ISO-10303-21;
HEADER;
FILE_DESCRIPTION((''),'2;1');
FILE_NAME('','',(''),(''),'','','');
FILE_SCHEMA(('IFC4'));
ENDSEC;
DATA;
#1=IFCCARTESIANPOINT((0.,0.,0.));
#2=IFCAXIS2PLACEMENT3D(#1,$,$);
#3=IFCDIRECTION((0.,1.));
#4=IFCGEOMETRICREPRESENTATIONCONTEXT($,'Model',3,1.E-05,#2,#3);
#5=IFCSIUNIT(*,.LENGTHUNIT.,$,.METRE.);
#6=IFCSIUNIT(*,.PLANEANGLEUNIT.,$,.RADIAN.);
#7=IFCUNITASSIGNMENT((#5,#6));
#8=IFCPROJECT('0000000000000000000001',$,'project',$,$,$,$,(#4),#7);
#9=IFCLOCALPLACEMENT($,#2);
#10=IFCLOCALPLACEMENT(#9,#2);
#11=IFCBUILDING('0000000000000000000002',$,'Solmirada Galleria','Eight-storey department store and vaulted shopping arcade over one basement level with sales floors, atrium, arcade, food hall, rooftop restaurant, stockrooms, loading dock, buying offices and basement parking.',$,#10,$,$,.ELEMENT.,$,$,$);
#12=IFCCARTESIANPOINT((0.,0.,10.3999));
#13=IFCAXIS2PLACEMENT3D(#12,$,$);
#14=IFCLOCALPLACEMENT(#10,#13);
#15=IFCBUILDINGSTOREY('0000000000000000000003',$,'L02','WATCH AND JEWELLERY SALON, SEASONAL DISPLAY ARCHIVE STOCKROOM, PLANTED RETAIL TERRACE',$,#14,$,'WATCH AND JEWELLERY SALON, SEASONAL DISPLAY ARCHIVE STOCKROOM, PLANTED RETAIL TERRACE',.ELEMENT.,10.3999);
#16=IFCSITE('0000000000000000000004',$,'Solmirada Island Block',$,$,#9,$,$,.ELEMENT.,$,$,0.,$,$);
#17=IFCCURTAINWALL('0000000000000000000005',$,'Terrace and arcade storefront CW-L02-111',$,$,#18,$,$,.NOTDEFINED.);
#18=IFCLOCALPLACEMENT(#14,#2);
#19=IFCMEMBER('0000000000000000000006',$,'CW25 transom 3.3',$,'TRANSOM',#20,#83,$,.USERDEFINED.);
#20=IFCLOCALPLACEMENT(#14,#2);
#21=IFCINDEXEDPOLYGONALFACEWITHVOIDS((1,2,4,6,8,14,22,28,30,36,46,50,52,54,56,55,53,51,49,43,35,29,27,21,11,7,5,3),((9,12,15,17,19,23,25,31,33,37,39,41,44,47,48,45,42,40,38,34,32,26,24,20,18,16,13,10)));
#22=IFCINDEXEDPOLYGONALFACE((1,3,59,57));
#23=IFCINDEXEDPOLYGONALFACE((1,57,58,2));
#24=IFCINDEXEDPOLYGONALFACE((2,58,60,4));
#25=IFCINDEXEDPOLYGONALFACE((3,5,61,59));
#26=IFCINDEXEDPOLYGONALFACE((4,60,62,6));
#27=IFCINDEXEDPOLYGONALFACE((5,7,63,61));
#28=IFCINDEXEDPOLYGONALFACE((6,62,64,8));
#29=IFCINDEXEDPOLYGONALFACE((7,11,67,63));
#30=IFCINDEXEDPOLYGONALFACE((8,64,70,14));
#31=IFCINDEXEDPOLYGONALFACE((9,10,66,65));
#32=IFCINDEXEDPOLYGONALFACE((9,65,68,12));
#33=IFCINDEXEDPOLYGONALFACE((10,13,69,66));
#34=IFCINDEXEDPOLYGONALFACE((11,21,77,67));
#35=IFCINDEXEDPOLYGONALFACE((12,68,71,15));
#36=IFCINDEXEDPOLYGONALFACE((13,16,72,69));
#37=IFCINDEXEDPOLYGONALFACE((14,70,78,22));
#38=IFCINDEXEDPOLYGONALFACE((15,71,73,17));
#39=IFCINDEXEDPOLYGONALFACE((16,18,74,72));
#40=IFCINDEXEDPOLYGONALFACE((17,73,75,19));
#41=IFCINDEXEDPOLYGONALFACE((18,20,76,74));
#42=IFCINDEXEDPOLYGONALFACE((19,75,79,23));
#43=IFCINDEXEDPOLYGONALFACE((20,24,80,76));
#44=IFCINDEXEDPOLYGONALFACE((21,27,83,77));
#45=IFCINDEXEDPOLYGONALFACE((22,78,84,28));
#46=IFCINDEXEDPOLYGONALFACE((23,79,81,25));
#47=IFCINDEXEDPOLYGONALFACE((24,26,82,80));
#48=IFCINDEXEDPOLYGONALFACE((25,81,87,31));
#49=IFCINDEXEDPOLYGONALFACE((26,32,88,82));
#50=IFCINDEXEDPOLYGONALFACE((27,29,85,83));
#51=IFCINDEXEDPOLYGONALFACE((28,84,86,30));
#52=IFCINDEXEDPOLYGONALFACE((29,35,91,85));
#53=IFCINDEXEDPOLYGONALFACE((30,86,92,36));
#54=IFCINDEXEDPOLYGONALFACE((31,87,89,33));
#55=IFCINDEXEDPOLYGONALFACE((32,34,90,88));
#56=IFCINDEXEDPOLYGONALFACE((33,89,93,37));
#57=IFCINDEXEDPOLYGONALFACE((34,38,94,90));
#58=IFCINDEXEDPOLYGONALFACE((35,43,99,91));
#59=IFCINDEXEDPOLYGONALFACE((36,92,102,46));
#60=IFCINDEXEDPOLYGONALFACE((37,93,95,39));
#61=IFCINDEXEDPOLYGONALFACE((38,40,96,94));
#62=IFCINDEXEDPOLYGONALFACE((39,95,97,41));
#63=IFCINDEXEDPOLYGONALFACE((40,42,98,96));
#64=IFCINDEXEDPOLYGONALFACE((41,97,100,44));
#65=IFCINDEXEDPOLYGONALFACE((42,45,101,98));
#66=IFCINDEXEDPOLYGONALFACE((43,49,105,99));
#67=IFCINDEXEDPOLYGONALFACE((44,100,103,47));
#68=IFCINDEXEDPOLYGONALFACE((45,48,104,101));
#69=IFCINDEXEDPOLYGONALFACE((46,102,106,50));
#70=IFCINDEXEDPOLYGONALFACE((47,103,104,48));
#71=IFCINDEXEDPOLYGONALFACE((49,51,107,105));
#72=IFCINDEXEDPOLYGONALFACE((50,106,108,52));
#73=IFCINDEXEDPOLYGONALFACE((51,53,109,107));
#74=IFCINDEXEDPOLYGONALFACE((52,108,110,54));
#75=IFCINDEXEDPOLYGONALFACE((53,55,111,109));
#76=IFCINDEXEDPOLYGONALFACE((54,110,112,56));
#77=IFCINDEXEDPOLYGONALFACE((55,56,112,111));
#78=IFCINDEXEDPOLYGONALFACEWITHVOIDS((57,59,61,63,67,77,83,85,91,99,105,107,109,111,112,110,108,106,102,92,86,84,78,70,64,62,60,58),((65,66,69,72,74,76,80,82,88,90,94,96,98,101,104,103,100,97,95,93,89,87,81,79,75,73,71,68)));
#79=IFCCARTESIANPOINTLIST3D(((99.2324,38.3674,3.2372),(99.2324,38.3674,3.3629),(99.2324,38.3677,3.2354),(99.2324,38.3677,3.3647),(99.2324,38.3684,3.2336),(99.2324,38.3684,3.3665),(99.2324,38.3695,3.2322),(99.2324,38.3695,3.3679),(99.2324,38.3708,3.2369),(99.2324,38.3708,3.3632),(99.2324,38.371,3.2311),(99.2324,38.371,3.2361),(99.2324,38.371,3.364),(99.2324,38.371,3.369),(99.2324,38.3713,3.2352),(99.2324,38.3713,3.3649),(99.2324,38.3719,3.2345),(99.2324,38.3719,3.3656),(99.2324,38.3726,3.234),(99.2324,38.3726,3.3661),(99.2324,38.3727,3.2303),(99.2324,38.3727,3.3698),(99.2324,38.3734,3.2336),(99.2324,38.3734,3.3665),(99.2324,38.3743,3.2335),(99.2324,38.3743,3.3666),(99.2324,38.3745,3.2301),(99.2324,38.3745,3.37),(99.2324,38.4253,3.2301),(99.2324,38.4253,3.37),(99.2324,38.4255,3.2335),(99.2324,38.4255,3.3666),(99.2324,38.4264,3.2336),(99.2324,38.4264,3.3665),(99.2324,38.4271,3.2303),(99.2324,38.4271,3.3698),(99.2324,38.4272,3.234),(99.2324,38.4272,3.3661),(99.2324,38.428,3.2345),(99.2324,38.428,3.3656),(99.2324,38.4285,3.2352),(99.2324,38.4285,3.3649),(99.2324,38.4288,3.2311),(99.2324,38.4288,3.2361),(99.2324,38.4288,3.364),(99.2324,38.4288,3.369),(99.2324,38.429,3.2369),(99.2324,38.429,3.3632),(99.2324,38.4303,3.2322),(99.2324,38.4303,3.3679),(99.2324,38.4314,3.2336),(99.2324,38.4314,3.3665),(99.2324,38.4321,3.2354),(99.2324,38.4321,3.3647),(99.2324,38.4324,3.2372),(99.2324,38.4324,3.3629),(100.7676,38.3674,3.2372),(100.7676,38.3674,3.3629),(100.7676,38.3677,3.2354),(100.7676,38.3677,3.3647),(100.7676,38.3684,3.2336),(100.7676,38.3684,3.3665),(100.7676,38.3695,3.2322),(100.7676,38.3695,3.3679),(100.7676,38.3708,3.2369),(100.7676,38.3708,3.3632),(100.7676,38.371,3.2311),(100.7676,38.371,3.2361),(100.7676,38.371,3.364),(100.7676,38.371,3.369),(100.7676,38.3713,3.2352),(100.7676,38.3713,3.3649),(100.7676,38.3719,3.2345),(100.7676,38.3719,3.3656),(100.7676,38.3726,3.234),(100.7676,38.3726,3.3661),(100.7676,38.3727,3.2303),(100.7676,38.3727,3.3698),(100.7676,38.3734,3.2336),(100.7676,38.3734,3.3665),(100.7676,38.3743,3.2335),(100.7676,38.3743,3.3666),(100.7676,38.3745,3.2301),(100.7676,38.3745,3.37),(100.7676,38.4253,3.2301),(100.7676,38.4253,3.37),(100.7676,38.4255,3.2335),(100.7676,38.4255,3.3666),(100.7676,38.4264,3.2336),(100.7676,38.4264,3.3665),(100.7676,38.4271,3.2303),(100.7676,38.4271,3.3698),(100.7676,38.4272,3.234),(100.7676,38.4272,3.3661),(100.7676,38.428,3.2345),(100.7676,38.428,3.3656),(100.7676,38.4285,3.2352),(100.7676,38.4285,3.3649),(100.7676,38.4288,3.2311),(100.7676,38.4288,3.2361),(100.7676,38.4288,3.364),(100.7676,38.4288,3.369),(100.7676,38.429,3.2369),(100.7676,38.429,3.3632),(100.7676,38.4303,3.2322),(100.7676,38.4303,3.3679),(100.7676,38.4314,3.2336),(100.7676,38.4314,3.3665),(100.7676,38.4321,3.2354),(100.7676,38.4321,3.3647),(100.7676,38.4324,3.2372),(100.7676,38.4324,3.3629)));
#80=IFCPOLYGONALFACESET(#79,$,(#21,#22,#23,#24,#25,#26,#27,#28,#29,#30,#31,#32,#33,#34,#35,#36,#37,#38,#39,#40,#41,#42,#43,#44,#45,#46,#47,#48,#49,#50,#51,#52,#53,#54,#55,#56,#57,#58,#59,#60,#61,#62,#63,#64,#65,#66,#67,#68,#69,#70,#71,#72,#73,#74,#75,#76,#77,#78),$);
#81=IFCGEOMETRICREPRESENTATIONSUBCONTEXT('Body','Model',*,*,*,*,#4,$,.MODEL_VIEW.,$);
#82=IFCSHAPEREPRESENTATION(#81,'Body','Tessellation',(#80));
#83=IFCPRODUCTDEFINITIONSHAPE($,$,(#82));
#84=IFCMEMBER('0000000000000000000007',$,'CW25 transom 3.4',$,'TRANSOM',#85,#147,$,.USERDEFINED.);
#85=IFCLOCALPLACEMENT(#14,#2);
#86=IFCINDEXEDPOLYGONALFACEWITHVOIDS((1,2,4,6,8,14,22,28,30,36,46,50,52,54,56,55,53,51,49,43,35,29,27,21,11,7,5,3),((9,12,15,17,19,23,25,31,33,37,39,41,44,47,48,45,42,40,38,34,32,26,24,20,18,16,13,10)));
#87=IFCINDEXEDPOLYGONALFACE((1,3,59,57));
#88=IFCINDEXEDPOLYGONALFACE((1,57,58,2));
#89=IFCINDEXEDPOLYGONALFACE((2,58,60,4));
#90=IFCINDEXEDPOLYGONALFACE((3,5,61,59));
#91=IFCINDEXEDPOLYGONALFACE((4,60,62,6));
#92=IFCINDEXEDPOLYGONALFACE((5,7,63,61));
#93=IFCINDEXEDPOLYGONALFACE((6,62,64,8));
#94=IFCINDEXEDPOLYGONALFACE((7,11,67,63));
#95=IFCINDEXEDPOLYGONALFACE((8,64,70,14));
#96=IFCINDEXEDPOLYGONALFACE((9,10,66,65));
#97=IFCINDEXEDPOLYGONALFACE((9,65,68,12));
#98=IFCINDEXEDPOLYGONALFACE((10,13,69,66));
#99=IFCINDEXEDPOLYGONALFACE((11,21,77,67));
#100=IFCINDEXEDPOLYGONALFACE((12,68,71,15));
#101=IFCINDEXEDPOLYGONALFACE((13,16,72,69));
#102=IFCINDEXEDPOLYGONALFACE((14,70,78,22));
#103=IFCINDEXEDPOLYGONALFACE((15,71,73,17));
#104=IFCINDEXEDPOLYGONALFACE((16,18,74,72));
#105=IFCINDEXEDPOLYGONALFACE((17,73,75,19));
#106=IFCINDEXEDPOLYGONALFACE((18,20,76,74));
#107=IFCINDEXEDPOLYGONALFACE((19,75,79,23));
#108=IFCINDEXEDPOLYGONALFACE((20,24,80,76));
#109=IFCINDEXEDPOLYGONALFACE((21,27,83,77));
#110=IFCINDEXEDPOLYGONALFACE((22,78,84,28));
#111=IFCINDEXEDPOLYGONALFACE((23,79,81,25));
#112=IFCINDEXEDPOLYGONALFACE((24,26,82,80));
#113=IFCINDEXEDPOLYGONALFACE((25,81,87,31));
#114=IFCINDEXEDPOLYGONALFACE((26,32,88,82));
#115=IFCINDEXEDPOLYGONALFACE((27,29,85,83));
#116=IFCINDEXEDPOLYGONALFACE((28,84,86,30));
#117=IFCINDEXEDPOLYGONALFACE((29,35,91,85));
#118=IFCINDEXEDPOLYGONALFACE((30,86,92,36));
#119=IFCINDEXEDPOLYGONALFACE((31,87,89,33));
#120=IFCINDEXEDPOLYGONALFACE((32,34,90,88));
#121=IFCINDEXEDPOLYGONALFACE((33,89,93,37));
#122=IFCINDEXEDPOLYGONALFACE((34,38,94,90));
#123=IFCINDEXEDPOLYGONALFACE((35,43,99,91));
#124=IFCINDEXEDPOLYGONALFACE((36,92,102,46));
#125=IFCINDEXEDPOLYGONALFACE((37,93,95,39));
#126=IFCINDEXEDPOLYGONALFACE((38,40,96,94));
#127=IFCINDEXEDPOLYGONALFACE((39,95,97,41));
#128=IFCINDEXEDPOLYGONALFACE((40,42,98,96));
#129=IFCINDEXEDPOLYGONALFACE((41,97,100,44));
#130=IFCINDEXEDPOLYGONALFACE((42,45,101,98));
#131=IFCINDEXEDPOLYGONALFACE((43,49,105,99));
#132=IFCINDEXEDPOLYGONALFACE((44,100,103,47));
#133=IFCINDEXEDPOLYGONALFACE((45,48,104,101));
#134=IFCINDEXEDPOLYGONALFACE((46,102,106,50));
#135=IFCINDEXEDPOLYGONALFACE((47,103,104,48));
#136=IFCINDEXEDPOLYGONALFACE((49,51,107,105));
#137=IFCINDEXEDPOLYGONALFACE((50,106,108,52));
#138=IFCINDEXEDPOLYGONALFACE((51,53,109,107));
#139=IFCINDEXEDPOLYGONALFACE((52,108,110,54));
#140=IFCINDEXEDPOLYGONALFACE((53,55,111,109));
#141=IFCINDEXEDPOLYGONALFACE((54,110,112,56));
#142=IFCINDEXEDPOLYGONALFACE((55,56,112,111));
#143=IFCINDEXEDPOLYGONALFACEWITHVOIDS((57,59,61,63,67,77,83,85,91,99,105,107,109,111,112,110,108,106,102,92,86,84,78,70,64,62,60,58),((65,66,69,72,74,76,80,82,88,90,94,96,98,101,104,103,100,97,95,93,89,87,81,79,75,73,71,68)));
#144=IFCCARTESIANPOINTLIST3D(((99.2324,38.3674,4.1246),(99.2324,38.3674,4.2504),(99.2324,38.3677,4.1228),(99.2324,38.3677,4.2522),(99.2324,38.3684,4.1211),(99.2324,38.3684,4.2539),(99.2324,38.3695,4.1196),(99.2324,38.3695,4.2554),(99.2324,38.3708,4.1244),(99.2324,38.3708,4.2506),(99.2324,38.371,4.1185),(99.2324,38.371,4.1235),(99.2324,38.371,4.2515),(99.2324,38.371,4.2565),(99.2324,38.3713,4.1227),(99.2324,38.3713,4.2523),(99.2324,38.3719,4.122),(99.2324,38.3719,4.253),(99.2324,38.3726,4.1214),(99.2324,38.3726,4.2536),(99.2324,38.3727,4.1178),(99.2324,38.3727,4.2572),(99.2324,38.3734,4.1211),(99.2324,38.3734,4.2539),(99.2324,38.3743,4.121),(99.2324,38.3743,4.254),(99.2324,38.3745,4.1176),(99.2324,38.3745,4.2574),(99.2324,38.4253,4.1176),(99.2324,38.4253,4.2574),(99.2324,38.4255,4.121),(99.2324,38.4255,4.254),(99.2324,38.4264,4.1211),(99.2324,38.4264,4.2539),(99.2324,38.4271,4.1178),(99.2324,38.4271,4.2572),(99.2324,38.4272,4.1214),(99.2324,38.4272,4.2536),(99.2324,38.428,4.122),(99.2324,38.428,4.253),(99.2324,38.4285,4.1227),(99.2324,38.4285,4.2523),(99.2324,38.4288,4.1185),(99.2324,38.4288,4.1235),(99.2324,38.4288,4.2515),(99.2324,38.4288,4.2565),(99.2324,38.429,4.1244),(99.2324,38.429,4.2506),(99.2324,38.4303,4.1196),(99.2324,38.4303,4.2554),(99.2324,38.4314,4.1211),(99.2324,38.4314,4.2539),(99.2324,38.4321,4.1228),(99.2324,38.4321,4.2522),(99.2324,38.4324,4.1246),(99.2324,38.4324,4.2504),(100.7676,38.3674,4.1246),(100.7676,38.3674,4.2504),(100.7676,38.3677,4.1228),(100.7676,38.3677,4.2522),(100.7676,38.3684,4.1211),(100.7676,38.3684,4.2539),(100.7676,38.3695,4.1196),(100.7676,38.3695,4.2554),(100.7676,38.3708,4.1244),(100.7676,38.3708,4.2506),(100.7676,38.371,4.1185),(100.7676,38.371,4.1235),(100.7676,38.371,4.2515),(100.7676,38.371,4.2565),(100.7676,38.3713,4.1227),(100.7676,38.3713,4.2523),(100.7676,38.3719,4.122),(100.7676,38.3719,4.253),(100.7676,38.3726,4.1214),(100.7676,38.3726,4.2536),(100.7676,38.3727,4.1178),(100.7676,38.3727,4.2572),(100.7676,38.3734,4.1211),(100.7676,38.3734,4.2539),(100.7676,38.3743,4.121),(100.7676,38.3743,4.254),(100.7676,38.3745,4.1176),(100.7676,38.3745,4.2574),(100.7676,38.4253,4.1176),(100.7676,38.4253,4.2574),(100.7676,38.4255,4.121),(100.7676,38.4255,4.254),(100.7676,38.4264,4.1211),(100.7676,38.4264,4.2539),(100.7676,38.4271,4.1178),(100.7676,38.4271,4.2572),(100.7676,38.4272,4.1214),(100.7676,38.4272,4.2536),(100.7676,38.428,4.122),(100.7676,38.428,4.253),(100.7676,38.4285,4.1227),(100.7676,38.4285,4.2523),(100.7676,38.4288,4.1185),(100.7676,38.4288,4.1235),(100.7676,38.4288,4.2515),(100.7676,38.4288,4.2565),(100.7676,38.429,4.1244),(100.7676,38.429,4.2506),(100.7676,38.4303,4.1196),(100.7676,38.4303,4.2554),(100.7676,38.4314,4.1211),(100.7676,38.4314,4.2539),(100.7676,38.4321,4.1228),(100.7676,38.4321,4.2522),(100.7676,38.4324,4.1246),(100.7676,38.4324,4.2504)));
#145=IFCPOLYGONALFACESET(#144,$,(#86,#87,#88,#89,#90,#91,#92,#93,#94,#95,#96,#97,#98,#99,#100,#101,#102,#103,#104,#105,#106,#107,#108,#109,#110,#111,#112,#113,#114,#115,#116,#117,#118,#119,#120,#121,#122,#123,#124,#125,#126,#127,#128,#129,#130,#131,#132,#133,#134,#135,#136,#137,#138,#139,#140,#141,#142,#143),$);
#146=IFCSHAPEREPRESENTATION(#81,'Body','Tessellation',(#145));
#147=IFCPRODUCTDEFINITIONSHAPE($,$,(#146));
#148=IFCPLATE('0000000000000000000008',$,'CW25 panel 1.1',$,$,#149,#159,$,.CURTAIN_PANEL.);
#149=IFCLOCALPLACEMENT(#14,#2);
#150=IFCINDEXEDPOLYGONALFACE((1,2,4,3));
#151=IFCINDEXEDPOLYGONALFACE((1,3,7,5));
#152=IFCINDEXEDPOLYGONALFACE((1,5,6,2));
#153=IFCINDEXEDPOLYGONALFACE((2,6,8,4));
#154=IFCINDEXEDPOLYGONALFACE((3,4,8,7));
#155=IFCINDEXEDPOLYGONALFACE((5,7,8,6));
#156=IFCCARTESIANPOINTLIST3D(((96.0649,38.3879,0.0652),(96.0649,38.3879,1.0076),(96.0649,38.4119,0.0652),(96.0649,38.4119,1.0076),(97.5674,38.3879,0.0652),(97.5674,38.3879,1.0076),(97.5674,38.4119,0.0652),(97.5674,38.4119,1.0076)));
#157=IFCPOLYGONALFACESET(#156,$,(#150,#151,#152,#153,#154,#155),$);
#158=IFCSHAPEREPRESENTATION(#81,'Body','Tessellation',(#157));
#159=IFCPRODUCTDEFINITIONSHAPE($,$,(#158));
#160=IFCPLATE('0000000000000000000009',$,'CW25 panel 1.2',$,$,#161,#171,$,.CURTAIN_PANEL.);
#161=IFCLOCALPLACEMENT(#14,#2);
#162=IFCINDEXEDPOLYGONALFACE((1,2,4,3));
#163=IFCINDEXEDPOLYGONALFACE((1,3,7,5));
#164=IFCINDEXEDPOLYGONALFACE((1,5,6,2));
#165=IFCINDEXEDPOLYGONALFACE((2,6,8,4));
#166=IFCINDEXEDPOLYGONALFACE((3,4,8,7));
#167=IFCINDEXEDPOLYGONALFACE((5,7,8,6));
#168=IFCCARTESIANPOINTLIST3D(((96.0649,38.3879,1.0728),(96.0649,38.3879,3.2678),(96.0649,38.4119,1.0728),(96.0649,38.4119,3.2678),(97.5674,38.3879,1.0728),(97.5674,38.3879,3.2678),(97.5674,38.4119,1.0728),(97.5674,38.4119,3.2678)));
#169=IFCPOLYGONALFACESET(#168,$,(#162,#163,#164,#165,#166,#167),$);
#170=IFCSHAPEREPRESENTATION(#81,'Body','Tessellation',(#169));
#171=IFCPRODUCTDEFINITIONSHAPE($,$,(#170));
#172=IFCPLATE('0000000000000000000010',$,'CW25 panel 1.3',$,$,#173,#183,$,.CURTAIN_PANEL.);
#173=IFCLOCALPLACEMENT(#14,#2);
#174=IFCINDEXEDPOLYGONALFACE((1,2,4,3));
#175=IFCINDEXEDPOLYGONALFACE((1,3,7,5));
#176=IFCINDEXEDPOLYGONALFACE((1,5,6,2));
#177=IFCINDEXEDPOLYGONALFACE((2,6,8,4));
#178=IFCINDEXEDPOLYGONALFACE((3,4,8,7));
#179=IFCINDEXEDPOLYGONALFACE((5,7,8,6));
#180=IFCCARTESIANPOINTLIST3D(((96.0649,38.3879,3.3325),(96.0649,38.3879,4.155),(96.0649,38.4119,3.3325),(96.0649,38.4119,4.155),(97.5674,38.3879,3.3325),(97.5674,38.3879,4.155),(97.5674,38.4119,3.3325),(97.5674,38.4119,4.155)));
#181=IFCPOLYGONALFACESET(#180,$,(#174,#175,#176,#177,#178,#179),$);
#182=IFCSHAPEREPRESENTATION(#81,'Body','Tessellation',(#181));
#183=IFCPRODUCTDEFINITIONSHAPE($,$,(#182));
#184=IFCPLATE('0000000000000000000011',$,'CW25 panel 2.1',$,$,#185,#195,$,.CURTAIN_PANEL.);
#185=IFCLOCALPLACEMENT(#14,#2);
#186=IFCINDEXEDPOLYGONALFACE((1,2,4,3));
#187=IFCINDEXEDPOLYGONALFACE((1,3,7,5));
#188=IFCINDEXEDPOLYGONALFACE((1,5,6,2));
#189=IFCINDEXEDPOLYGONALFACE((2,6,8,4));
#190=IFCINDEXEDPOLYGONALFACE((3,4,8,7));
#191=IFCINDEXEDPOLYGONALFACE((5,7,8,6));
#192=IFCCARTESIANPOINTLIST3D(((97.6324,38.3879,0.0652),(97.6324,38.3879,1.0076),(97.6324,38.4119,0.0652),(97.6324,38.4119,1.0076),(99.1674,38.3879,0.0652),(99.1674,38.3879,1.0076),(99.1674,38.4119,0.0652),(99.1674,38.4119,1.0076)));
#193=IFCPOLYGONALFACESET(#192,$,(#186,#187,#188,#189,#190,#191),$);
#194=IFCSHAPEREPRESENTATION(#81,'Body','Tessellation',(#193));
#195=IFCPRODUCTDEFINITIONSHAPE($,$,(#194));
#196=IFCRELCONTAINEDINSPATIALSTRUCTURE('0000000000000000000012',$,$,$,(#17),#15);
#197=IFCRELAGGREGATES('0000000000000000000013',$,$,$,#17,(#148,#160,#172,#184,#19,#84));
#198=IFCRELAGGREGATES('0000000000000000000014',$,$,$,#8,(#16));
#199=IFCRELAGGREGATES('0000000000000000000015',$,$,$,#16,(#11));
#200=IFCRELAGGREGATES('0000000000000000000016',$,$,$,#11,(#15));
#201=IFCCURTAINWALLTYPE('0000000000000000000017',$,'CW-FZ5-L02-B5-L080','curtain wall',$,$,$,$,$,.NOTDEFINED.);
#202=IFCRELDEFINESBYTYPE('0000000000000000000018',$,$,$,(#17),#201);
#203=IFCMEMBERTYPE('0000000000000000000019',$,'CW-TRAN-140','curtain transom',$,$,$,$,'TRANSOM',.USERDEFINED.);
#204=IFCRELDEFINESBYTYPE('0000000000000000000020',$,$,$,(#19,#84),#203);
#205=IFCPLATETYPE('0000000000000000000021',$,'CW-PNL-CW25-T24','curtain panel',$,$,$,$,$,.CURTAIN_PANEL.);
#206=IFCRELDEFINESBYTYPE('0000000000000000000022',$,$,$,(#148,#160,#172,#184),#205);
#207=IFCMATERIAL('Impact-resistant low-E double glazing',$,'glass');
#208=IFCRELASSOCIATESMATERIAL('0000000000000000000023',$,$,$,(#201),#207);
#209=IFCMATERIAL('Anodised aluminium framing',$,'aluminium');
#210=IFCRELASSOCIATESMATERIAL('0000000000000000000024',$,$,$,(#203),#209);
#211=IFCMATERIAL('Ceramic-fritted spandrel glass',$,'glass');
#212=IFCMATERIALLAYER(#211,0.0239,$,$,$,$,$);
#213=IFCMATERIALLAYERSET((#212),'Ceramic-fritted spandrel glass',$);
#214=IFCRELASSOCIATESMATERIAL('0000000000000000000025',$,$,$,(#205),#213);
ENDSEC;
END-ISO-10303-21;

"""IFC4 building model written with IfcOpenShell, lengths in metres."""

from ifc_helpers import new_model, si_unit, direction, frame, origin, origin_2d, place, context, subcontext, project, spatial, rectangle, hollow_rectangle, extrude, material, layer, layer_set, material_profile, profile_set, type_object, element, aggregate, save


model = new_model("IFC4")

# Units and contexts
model_context = context("Model", 3, precision=1e-05, world=origin(), true_north=direction((0.0, 1.0)))
body_context = subcontext(model_context, "Body", "Model", "MODEL_VIEW")
ifc_project = project(units=[si_unit("LENGTHUNIT", "METRE"), si_unit("PLANEANGLEUNIT", "RADIAN")], contexts=[model_context])

# Site, building, storey
site_placement = place(None, origin())
site = spatial("IfcSite", under=ifc_project, at=site_placement, Name="Solmirada Island Block", CompositionType="ELEMENT", RefElevation=0.0)
building_placement = place(site_placement, origin())
building = spatial("IfcBuilding", under=site, at=building_placement, Name="Solmirada Galleria", Description="Eight-storey department store and vaulted shopping arcade over one basement level with sales floors, atrium, arcade, food hall, rooftop restaurant, stockrooms, loading dock, buying offices and basement parking.", CompositionType="ELEMENT")
storey_placement = place(building_placement, frame((0.0, 0.0, 10.3999)))
storey = spatial("IfcBuildingStorey", under=building, at=storey_placement, Name="L02", Description="WATCH AND JEWELLERY SALON, SEASONAL DISPLAY ARCHIVE STOCKROOM, PLANTED RETAIL TERRACE", LongName="WATCH AND JEWELLERY SALON, SEASONAL DISPLAY ARCHIVE STOCKROOM, PLANTED RETAIL TERRACE", CompositionType="ELEMENT", Elevation=10.3999)

# Curtain wall, members, plates
ifc_material_1 = material(Name="Impact-resistant low-E double glazing", Category="glass")
curtain_wall_type = type_object("IfcCurtainWallType", Name="CW-FZ5-L02-B5-L080", Description="curtain wall", PredefinedType="NOTDEFINED", material=ifc_material_1)
curtain_wall_placement = place(storey_placement, origin())
curtain_wall = element("IfcCurtainWall", 1, at=curtain_wall_placement, inside=storey, type_object=curtain_wall_type, Name="Terrace and arcade storefront CW-L02-111", PredefinedType="NOTDEFINED")
ifc_material_2 = material(Name="Anodised aluminium framing", Category="aluminium")
ifc_material_profile_1 = material_profile(ifc_material_2, hollow_rectangle(XDim=0.0649, YDim=0.1399, WallThickness=0.0034, InnerFilletRadius=0.0034, OuterFilletRadius=0.0071, at=origin_2d()), Name="ALU-TRAN-140X65")
ifc_profile_set_1 = profile_set([ifc_material_profile_1], Name="Anodised aluminium framing")
member_type_1 = type_object("IfcMemberType", Name="CW-TRAN-140", Description="curtain transom", ElementType="TRANSOM", PredefinedType="USERDEFINED", material=ifc_profile_set_1)
member_1_placement = place(storey_placement, frame((99.2324, 38.3999, 3.3), z_axis=(1.0, 0.0, 0.0), x_axis=(0.0, 1.0, 0.0)))
member_1 = element("IfcMember", 2, at=member_1_placement, type_object=member_type_1, Name="CW25 transom 3.3", ObjectType="TRANSOM", PredefinedType="USERDEFINED", context=body_context, shape_type="SweptSolid", body=[
    extrude(hollow_rectangle(XDim=0.0649, YDim=0.1399, WallThickness=0.0034, InnerFilletRadius=0.0034, OuterFilletRadius=0.0071, at=origin_2d()), origin(), (0.0, 0.0, 1.0), 1.5352),
])
member_2_placement = place(storey_placement, frame((99.2324, 38.3999, 4.1875), z_axis=(1.0, 0.0, 0.0), x_axis=(0.0, 1.0, 0.0)))
member_2 = element("IfcMember", 3, at=member_2_placement, type_object=member_type_1, Name="CW25 transom 3.4", ObjectType="TRANSOM", PredefinedType="USERDEFINED", context=body_context, shape_type="SweptSolid", body=[
    extrude(hollow_rectangle(XDim=0.0649, YDim=0.1399, WallThickness=0.0034, InnerFilletRadius=0.0034, OuterFilletRadius=0.0071, at=origin_2d()), origin(), (0.0, 0.0, 1.0), 1.5352),
])
ifc_material_3 = material(Name="Ceramic-fritted spandrel glass", Category="glass")
ifc_layer_1 = layer(ifc_material_3, 0.0239)
ifc_layer_set_1 = layer_set([ifc_layer_1], Name="Ceramic-fritted spandrel glass")
plate_type = type_object("IfcPlateType", Name="CW-PNL-CW25-T24", Description="curtain panel", PredefinedType="CURTAIN_PANEL", material=ifc_layer_set_1)
plate_1_placement = place(storey_placement, frame((96.8162, 38.3999, 0.0652), z_axis=(0.0, 0.0, 1.0), x_axis=(1.0, 0.0, 0.0)))
plate_1 = element("IfcPlate", 4, at=plate_1_placement, type_object=plate_type, Name="CW25 panel 1.1", PredefinedType="CURTAIN_PANEL", context=body_context, shape_type="SweptSolid", body=[
    extrude(rectangle(XDim=1.5024, YDim=0.0239, at=origin_2d()), origin(), (0.0, 0.0, 1.0), 0.9424),
])
plate_2_placement = place(storey_placement, frame((96.8162, 38.3999, 1.0728), z_axis=(0.0, 0.0, 1.0), x_axis=(1.0, 0.0, 0.0)))
plate_2 = element("IfcPlate", 5, at=plate_2_placement, type_object=plate_type, Name="CW25 panel 1.2", PredefinedType="CURTAIN_PANEL", context=body_context, shape_type="SweptSolid", body=[
    extrude(rectangle(XDim=1.5024, YDim=0.0239, at=origin_2d()), origin(), (0.0, 0.0, 1.0), 2.1951),
])
plate_3_placement = place(storey_placement, frame((96.8162, 38.3999, 3.3325), z_axis=(0.0, 0.0, 1.0), x_axis=(1.0, 0.0, 0.0)))
plate_3 = element("IfcPlate", 6, at=plate_3_placement, type_object=plate_type, Name="CW25 panel 1.3", PredefinedType="CURTAIN_PANEL", context=body_context, shape_type="SweptSolid", body=[
    extrude(rectangle(XDim=1.5024, YDim=0.0239, at=origin_2d()), origin(), (0.0, 0.0, 1.0), 0.8225),
])
plate_4_placement = place(storey_placement, frame((98.3999, 38.3999, 0.0652), z_axis=(0.0, 0.0, 1.0), x_axis=(1.0, 0.0, 0.0)))
plate_4 = element("IfcPlate", 7, at=plate_4_placement, type_object=plate_type, Name="CW25 panel 2.1", PredefinedType="CURTAIN_PANEL", context=body_context, shape_type="SweptSolid", body=[
    extrude(rectangle(XDim=1.5349, YDim=0.0239, at=origin_2d()), origin(), (0.0, 0.0, 1.0), 0.9424),
])
aggregate(curtain_wall, [plate_1, plate_2, plate_3, plate_4, member_1, member_2])

save(model, "model.ifc")
